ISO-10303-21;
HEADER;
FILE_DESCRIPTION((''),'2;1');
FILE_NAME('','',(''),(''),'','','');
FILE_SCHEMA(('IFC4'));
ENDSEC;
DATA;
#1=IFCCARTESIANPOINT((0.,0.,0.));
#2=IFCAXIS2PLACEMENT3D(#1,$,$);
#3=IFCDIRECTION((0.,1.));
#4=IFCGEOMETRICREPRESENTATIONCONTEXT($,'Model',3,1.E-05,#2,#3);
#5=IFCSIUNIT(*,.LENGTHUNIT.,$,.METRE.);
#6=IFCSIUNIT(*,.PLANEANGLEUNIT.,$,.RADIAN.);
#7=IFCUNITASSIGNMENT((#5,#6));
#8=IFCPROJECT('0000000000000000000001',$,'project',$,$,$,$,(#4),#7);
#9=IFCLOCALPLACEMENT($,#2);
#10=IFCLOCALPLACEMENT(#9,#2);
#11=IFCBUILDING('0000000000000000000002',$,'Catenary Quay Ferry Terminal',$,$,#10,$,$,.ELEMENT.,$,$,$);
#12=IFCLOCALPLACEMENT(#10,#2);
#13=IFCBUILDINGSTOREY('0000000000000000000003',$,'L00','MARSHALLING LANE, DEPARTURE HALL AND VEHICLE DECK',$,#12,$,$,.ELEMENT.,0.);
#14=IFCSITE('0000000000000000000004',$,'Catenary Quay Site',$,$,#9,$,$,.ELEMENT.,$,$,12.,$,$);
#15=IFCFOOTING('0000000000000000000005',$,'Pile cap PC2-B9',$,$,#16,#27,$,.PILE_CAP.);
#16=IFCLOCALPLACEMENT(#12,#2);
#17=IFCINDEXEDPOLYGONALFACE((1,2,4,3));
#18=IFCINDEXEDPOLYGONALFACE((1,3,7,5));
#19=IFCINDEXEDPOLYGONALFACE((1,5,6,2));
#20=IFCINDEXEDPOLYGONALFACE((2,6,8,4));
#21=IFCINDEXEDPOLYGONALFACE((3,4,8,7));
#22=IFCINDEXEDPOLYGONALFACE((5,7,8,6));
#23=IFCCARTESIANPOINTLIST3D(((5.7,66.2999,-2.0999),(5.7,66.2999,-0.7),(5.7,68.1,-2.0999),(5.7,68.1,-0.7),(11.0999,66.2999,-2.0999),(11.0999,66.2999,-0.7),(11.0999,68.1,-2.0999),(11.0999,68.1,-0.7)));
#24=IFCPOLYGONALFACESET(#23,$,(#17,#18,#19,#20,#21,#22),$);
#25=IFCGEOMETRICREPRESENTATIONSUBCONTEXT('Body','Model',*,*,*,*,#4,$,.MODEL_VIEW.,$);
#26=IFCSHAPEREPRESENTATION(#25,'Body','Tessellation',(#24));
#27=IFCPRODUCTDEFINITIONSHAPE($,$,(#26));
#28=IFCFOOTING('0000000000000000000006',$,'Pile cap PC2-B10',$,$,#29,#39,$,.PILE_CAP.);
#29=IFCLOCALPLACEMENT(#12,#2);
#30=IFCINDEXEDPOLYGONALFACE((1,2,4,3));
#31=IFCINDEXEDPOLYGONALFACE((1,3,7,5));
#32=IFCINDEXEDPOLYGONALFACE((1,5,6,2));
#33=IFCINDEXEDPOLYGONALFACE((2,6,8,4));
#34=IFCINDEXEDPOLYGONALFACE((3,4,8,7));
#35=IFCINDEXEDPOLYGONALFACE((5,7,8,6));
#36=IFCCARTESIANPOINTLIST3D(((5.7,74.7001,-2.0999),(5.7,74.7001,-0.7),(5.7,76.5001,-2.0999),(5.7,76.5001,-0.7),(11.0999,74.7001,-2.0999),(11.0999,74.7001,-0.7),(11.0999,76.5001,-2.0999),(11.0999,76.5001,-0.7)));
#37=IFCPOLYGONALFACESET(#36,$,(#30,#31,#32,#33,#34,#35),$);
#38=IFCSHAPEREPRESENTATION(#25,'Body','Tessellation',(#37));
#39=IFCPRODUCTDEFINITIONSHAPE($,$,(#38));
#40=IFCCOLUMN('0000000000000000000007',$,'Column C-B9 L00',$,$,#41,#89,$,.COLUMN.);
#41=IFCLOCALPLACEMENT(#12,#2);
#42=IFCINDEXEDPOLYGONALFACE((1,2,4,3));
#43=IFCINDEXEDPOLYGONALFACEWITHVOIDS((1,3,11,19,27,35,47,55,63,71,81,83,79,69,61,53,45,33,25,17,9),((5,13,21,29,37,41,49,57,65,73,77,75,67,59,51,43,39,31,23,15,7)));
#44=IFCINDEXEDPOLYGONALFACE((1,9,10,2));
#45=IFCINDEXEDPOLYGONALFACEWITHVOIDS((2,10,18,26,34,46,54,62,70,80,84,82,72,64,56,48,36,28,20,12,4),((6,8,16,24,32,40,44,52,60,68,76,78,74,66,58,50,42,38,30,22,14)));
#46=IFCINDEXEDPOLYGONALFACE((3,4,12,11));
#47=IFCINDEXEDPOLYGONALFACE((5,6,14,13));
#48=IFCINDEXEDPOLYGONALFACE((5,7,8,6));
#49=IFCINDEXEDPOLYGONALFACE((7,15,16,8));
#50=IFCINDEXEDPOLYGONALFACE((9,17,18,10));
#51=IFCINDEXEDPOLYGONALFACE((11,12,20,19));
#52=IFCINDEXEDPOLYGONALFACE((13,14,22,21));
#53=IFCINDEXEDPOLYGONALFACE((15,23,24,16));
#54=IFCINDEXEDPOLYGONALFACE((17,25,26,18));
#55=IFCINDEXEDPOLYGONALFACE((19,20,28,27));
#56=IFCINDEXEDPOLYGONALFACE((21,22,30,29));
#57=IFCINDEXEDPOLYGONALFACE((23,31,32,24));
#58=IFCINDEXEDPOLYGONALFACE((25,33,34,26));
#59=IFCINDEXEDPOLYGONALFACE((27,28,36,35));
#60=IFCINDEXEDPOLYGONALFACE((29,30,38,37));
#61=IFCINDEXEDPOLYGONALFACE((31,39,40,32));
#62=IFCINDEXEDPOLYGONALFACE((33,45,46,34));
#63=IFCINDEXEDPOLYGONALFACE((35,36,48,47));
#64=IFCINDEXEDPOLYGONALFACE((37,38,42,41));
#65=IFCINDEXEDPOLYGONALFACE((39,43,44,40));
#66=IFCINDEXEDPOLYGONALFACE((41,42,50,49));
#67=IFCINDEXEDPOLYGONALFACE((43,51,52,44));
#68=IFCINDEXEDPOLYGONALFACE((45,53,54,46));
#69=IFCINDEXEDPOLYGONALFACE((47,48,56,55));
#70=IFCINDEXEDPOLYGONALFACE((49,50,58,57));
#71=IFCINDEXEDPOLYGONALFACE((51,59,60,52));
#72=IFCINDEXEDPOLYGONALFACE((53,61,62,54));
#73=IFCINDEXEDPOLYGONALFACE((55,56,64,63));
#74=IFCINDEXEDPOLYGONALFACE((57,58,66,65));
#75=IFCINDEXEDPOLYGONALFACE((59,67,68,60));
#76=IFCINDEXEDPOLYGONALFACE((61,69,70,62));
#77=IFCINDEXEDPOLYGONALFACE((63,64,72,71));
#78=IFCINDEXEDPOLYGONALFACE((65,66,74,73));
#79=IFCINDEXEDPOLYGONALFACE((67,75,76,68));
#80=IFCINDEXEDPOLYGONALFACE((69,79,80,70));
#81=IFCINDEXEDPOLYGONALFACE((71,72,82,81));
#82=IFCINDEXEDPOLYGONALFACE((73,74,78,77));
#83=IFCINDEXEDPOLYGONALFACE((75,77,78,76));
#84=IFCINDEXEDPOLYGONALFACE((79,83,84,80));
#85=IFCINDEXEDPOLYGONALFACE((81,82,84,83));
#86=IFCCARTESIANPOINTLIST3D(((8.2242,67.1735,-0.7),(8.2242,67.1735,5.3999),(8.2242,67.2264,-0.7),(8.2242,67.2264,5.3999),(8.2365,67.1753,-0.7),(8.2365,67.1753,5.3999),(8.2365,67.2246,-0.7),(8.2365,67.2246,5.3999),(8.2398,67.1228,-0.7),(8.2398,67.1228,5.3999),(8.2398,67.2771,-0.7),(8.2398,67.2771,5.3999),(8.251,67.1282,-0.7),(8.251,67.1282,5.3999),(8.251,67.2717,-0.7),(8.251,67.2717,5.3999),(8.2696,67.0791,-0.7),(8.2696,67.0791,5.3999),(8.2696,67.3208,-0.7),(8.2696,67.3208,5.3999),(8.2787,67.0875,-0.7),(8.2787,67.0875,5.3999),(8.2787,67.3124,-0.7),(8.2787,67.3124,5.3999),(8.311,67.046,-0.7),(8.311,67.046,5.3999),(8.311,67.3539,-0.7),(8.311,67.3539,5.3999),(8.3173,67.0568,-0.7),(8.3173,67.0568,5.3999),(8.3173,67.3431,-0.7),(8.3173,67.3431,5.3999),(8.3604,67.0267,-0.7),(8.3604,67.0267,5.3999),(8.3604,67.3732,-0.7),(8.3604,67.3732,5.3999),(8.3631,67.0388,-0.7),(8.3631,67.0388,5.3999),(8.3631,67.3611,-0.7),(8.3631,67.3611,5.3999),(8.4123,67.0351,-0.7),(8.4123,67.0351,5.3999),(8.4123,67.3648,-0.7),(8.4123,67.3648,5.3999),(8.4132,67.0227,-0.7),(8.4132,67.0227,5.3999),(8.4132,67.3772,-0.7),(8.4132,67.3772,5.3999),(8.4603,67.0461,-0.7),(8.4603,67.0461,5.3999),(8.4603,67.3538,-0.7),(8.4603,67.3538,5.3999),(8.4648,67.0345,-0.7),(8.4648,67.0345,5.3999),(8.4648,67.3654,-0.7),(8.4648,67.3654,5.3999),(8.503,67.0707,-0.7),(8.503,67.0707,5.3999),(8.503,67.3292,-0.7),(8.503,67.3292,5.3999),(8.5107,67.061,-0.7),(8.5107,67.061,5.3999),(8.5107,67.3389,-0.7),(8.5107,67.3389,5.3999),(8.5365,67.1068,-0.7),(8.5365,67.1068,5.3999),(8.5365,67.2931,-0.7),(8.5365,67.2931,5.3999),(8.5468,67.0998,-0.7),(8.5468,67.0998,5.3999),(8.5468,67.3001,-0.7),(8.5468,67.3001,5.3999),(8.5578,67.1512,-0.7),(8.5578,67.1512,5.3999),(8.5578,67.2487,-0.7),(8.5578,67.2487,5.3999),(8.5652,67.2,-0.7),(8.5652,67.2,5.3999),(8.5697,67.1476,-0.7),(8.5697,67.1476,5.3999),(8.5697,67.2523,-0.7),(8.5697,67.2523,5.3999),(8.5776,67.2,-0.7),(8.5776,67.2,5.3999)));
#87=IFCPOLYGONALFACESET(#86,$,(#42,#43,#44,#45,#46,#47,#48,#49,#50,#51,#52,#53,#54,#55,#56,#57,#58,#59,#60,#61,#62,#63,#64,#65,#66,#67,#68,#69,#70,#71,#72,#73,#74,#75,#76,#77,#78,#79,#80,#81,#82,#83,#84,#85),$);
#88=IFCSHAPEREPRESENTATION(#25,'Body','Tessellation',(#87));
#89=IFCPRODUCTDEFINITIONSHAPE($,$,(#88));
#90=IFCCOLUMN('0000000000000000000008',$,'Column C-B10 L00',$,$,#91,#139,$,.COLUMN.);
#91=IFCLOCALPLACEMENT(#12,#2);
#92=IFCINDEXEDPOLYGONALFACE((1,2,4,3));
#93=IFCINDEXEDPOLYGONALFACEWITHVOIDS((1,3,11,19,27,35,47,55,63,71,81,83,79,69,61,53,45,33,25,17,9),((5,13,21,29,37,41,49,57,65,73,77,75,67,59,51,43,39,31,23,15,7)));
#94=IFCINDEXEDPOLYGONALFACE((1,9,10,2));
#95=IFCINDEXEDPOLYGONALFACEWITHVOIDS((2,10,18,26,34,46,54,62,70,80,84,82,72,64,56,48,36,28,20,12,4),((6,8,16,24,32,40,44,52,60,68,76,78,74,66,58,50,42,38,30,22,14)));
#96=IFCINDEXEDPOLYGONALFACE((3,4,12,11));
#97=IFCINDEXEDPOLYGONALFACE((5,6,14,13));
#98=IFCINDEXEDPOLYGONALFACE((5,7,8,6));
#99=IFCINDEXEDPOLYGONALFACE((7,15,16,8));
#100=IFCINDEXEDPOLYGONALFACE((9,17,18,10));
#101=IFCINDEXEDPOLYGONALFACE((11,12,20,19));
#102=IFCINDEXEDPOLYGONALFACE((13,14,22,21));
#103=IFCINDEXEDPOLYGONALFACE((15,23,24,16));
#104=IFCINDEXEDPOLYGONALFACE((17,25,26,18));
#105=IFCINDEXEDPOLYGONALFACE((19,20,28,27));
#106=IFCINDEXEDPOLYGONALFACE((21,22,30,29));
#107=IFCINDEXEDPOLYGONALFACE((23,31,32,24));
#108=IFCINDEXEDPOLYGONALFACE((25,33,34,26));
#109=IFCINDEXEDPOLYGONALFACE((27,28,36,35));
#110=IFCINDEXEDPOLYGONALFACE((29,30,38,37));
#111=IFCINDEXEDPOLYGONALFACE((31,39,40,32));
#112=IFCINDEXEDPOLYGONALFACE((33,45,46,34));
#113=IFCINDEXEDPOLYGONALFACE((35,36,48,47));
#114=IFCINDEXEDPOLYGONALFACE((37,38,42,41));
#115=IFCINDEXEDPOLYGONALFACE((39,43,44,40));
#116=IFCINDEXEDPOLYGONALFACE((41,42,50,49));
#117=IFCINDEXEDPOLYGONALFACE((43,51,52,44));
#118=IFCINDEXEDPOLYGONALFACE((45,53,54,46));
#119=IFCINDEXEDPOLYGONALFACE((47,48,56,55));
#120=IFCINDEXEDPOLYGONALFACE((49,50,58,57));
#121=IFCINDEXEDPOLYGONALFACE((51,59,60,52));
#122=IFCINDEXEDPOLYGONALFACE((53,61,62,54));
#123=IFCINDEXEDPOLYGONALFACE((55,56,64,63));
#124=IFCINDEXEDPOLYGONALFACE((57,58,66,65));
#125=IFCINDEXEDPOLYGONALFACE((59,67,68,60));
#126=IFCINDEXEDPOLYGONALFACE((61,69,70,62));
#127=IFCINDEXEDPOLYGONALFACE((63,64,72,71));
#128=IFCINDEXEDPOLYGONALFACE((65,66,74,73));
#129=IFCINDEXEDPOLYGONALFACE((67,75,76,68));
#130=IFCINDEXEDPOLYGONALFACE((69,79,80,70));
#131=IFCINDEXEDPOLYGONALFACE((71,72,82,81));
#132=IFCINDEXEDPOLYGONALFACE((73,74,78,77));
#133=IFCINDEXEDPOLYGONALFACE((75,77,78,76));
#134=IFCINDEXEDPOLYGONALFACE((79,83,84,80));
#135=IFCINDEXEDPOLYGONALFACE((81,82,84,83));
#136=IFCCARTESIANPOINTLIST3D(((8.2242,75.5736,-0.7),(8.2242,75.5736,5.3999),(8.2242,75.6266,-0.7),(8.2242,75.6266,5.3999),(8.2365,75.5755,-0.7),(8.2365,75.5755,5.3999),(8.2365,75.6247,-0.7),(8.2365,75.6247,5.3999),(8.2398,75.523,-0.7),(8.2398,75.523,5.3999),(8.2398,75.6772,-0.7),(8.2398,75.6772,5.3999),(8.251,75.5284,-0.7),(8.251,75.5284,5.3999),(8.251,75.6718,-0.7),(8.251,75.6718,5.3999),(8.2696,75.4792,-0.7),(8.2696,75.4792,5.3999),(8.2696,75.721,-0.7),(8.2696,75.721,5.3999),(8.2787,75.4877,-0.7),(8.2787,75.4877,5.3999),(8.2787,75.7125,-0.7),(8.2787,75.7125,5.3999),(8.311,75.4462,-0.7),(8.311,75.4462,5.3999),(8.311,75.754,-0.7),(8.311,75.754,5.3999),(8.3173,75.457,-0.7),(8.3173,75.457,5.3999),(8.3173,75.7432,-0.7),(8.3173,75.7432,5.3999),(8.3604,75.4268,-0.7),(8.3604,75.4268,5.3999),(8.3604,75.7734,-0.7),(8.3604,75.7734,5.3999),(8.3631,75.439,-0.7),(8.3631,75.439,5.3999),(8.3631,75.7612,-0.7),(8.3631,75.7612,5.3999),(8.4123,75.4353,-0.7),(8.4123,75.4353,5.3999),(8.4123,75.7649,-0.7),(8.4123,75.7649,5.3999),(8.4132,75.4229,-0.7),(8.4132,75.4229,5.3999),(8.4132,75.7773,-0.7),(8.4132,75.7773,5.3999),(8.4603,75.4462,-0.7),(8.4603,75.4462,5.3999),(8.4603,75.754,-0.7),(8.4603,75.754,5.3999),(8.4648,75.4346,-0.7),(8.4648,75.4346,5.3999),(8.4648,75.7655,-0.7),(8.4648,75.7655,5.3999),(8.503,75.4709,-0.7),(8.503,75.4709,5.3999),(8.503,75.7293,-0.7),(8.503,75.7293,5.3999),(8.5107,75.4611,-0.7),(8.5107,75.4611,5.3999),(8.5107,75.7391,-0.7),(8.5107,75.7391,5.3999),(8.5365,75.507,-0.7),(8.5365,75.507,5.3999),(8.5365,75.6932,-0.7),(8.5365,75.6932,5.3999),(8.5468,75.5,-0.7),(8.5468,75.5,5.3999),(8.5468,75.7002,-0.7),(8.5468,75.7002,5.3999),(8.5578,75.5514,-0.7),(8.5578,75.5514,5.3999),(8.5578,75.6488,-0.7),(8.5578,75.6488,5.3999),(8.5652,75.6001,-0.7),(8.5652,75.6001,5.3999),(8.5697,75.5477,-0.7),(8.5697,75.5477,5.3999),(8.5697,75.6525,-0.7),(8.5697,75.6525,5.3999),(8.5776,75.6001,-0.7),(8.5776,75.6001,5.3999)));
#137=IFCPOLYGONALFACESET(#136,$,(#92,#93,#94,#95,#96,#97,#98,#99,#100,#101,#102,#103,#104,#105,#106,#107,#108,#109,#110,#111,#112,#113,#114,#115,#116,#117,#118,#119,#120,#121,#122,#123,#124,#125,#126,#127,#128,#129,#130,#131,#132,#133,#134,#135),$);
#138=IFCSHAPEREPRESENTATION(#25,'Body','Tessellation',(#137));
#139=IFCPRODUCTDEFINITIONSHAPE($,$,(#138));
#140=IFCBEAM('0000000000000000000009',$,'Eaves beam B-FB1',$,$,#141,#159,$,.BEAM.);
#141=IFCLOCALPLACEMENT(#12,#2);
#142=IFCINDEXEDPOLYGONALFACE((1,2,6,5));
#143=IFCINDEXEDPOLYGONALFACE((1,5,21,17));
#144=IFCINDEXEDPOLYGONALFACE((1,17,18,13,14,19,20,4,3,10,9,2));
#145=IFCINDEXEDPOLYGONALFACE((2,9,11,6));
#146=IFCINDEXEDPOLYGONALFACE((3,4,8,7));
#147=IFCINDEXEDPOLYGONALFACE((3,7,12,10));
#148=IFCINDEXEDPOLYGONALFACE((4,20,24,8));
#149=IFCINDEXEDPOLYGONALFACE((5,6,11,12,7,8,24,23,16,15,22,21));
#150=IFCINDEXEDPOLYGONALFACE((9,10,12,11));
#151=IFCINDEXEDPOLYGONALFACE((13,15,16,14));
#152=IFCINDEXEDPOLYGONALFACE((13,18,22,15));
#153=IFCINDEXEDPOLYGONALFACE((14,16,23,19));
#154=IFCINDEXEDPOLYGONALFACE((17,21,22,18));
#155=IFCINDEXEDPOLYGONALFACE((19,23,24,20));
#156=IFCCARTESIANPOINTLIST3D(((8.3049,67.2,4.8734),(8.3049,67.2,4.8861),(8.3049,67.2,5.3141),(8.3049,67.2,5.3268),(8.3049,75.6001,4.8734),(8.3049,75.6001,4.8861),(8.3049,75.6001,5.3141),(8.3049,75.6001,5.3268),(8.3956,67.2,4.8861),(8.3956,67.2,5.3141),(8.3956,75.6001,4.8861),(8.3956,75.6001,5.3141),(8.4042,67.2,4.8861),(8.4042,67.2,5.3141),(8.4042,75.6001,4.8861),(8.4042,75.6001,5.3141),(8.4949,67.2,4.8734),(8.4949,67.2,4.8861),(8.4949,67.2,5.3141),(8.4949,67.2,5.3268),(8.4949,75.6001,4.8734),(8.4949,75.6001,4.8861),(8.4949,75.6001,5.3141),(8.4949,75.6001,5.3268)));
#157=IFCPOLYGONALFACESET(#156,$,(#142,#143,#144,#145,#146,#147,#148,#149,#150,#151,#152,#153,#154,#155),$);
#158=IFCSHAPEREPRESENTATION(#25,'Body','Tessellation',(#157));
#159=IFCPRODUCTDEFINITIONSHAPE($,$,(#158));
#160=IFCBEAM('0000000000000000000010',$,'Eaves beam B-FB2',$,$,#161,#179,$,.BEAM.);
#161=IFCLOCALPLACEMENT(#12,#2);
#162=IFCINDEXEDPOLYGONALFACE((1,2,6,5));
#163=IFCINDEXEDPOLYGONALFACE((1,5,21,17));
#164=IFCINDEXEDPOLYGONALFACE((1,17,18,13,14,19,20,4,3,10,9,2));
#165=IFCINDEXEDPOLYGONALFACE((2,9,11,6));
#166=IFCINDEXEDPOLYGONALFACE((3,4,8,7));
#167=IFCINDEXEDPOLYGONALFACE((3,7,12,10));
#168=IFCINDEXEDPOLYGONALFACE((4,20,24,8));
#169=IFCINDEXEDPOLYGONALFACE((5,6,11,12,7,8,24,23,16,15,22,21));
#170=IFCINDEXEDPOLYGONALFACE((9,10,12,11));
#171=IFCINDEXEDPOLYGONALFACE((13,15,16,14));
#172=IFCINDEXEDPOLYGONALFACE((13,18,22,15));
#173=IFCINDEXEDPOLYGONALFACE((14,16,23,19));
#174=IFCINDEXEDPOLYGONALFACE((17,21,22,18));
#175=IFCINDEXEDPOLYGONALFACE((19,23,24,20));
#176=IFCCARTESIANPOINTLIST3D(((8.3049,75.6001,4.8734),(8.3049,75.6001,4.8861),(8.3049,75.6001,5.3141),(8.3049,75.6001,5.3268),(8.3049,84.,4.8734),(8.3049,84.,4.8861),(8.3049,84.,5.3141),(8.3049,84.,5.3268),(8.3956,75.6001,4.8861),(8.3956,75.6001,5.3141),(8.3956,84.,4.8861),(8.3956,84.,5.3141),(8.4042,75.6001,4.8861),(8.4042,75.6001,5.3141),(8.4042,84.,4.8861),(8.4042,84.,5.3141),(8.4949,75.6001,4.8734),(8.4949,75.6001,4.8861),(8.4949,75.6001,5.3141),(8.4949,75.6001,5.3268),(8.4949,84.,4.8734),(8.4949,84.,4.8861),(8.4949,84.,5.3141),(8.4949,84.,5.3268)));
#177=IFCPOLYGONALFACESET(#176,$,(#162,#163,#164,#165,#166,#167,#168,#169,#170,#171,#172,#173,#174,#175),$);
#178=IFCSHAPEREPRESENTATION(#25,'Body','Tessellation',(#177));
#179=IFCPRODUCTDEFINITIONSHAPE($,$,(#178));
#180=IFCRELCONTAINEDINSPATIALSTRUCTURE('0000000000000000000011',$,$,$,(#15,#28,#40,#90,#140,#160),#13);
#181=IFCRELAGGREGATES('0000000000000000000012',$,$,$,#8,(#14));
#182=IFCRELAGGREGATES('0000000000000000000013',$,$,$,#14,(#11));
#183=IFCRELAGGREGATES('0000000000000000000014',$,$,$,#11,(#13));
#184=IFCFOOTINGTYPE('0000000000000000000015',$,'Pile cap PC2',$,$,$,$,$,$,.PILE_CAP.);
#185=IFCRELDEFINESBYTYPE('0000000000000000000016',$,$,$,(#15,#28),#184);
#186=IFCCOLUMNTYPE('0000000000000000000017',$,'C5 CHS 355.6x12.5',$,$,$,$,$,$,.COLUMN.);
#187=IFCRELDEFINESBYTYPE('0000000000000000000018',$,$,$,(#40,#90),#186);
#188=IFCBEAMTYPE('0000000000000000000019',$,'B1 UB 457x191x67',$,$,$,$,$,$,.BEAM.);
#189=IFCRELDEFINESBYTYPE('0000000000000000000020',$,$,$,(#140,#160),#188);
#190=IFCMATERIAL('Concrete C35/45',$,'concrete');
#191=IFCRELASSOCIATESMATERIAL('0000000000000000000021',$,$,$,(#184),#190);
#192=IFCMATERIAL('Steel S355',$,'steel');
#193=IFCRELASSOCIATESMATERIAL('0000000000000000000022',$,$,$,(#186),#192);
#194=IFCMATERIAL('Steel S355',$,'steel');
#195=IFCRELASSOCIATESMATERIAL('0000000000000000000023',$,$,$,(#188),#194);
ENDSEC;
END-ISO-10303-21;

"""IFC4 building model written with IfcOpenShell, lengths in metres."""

from ifc_helpers import new_model, si_unit, direction, frame, origin, origin_2d, place, context, subcontext, project, spatial, rectangle, hollow_circle, i_section, extrude, material, material_profile, profile_set, type_object, element, save


model = new_model("IFC4")

# Units and contexts
model_context = context("Model", 3, precision=1e-05, world=origin(), true_north=direction((0.0, 1.0)))
body_context = subcontext(model_context, "Body", "Model", "MODEL_VIEW")
ifc_project = project(units=[si_unit("LENGTHUNIT", "METRE"), si_unit("PLANEANGLEUNIT", "RADIAN")], contexts=[model_context])

# Site, building, storey
site_placement = place(None, origin())
site = spatial("IfcSite", under=ifc_project, at=site_placement, Name="Catenary Quay Site", CompositionType="ELEMENT", RefElevation=12.0)
building_placement = place(site_placement, origin())
building = spatial("IfcBuilding", under=site, at=building_placement, Name="Catenary Quay Ferry Terminal", CompositionType="ELEMENT")
storey_placement = place(building_placement, origin())
storey = spatial("IfcBuildingStorey", under=building, at=storey_placement, Name="L00", Description="MARSHALLING LANE, DEPARTURE HALL AND VEHICLE DECK", CompositionType="ELEMENT", Elevation=0.0)

# Footings
ifc_material_1 = material(Name="Concrete C35/45", Category="concrete")
footing_type_1 = type_object("IfcFootingType", Name="Pile cap PC2", PredefinedType="PILE_CAP", material=ifc_material_1)
for number, where, z_axis, x_axis, name in (
    (1, (8.3999, 67.2, -2.0999), (0.0, 0.0, 1.0), (1.0, 0.0, 0.0), "Pile cap PC2-B9"),
    (2, (8.3999, 75.6001, -2.0999), (0.0, 0.0, 1.0), (1.0, 0.0, 0.0), "Pile cap PC2-B10"),
):
    element("IfcFooting", number, at=place(storey_placement, frame(where, z_axis=z_axis, x_axis=x_axis)), inside=storey, type_object=footing_type_1, Name=name, PredefinedType="PILE_CAP", context=body_context, shape_type="SweptSolid", body=[
        extrude(rectangle(XDim=5.3999, YDim=1.8, at=origin_2d()), origin(), (0.0, 0.0, 1.0), 1.3999),
    ])

# Columns
ifc_material_2 = material(Name="Steel S355", Category="steel")
ifc_material_profile_1 = material_profile(ifc_material_2, hollow_circle(Radius=0.1777, WallThickness=0.0125, at=origin_2d()), Name="CHS 355.6x12.5")
ifc_profile_set_1 = profile_set([ifc_material_profile_1], Name="Steel S355")
column_type = type_object("IfcColumnType", Name="C5 CHS 355.6x12.5", PredefinedType="COLUMN", material=ifc_profile_set_1)
for number, where, z_axis, x_axis, name in (
    (3, (8.3999, 67.2, -0.7), (0.0, 0.0, 1.0), (1.0, 0.0, 0.0), "Column C-B9 L00"),
    (4, (8.3999, 75.6001, -0.7), (0.0, 0.0, 1.0), (1.0, 0.0, 0.0), "Column C-B10 L00"),
):
    element("IfcColumn", number, at=place(storey_placement, frame(where, z_axis=z_axis, x_axis=x_axis)), inside=storey, type_object=column_type, Name=name, PredefinedType="COLUMN", context=body_context, shape_type="SweptSolid", body=[
        extrude(hollow_circle(Radius=0.1777, WallThickness=0.0125, at=origin_2d()), origin(), (0.0, 0.0, 1.0), 6.0999),
    ])

# Beams
ifc_material_3 = material(Name="Steel S355", Category="steel")
ifc_material_profile_2 = material_profile(ifc_material_3, i_section(OverallWidth=0.1899, OverallDepth=0.4534, WebThickness=0.0085, FlangeThickness=0.0127, at=origin_2d()), Name="UB 457x191x67")
ifc_profile_set_2 = profile_set([ifc_material_profile_2], Name="Steel S355")
beam_type_1 = type_object("IfcBeamType", Name="B1 UB 457x191x67", PredefinedType="BEAM", material=ifc_profile_set_2)
beam_1_placement = place(storey_placement, frame((8.3999, 67.2, 5.1001), z_axis=(0.0, 1.0, 0.0), x_axis=(-1.0, 0.0, 0.0)))
element("IfcBeam", 5, at=beam_1_placement, inside=storey, type_object=beam_type_1, Name="Eaves beam B-FB1", PredefinedType="BEAM", context=body_context, shape_type="SweptSolid", body=[
    extrude(i_section(OverallWidth=0.1899, OverallDepth=0.4534, WebThickness=0.0085, FlangeThickness=0.0127, at=origin_2d()), origin(), (0.0, 0.0, 1.0), 8.4001),
])
beam_2_placement = place(storey_placement, frame((8.3999, 75.6001, 5.1001), z_axis=(0.0, 1.0, 0.0), x_axis=(-1.0, 0.0, 0.0)))
element("IfcBeam", 6, at=beam_2_placement, inside=storey, type_object=beam_type_1, Name="Eaves beam B-FB2", PredefinedType="BEAM", context=body_context, shape_type="SweptSolid", body=[
    extrude(i_section(OverallWidth=0.1899, OverallDepth=0.4534, WebThickness=0.0085, FlangeThickness=0.0127, at=origin_2d()), origin(), (0.0, 0.0, 1.0), 8.3999),
])

save(model, "model.ifc")
